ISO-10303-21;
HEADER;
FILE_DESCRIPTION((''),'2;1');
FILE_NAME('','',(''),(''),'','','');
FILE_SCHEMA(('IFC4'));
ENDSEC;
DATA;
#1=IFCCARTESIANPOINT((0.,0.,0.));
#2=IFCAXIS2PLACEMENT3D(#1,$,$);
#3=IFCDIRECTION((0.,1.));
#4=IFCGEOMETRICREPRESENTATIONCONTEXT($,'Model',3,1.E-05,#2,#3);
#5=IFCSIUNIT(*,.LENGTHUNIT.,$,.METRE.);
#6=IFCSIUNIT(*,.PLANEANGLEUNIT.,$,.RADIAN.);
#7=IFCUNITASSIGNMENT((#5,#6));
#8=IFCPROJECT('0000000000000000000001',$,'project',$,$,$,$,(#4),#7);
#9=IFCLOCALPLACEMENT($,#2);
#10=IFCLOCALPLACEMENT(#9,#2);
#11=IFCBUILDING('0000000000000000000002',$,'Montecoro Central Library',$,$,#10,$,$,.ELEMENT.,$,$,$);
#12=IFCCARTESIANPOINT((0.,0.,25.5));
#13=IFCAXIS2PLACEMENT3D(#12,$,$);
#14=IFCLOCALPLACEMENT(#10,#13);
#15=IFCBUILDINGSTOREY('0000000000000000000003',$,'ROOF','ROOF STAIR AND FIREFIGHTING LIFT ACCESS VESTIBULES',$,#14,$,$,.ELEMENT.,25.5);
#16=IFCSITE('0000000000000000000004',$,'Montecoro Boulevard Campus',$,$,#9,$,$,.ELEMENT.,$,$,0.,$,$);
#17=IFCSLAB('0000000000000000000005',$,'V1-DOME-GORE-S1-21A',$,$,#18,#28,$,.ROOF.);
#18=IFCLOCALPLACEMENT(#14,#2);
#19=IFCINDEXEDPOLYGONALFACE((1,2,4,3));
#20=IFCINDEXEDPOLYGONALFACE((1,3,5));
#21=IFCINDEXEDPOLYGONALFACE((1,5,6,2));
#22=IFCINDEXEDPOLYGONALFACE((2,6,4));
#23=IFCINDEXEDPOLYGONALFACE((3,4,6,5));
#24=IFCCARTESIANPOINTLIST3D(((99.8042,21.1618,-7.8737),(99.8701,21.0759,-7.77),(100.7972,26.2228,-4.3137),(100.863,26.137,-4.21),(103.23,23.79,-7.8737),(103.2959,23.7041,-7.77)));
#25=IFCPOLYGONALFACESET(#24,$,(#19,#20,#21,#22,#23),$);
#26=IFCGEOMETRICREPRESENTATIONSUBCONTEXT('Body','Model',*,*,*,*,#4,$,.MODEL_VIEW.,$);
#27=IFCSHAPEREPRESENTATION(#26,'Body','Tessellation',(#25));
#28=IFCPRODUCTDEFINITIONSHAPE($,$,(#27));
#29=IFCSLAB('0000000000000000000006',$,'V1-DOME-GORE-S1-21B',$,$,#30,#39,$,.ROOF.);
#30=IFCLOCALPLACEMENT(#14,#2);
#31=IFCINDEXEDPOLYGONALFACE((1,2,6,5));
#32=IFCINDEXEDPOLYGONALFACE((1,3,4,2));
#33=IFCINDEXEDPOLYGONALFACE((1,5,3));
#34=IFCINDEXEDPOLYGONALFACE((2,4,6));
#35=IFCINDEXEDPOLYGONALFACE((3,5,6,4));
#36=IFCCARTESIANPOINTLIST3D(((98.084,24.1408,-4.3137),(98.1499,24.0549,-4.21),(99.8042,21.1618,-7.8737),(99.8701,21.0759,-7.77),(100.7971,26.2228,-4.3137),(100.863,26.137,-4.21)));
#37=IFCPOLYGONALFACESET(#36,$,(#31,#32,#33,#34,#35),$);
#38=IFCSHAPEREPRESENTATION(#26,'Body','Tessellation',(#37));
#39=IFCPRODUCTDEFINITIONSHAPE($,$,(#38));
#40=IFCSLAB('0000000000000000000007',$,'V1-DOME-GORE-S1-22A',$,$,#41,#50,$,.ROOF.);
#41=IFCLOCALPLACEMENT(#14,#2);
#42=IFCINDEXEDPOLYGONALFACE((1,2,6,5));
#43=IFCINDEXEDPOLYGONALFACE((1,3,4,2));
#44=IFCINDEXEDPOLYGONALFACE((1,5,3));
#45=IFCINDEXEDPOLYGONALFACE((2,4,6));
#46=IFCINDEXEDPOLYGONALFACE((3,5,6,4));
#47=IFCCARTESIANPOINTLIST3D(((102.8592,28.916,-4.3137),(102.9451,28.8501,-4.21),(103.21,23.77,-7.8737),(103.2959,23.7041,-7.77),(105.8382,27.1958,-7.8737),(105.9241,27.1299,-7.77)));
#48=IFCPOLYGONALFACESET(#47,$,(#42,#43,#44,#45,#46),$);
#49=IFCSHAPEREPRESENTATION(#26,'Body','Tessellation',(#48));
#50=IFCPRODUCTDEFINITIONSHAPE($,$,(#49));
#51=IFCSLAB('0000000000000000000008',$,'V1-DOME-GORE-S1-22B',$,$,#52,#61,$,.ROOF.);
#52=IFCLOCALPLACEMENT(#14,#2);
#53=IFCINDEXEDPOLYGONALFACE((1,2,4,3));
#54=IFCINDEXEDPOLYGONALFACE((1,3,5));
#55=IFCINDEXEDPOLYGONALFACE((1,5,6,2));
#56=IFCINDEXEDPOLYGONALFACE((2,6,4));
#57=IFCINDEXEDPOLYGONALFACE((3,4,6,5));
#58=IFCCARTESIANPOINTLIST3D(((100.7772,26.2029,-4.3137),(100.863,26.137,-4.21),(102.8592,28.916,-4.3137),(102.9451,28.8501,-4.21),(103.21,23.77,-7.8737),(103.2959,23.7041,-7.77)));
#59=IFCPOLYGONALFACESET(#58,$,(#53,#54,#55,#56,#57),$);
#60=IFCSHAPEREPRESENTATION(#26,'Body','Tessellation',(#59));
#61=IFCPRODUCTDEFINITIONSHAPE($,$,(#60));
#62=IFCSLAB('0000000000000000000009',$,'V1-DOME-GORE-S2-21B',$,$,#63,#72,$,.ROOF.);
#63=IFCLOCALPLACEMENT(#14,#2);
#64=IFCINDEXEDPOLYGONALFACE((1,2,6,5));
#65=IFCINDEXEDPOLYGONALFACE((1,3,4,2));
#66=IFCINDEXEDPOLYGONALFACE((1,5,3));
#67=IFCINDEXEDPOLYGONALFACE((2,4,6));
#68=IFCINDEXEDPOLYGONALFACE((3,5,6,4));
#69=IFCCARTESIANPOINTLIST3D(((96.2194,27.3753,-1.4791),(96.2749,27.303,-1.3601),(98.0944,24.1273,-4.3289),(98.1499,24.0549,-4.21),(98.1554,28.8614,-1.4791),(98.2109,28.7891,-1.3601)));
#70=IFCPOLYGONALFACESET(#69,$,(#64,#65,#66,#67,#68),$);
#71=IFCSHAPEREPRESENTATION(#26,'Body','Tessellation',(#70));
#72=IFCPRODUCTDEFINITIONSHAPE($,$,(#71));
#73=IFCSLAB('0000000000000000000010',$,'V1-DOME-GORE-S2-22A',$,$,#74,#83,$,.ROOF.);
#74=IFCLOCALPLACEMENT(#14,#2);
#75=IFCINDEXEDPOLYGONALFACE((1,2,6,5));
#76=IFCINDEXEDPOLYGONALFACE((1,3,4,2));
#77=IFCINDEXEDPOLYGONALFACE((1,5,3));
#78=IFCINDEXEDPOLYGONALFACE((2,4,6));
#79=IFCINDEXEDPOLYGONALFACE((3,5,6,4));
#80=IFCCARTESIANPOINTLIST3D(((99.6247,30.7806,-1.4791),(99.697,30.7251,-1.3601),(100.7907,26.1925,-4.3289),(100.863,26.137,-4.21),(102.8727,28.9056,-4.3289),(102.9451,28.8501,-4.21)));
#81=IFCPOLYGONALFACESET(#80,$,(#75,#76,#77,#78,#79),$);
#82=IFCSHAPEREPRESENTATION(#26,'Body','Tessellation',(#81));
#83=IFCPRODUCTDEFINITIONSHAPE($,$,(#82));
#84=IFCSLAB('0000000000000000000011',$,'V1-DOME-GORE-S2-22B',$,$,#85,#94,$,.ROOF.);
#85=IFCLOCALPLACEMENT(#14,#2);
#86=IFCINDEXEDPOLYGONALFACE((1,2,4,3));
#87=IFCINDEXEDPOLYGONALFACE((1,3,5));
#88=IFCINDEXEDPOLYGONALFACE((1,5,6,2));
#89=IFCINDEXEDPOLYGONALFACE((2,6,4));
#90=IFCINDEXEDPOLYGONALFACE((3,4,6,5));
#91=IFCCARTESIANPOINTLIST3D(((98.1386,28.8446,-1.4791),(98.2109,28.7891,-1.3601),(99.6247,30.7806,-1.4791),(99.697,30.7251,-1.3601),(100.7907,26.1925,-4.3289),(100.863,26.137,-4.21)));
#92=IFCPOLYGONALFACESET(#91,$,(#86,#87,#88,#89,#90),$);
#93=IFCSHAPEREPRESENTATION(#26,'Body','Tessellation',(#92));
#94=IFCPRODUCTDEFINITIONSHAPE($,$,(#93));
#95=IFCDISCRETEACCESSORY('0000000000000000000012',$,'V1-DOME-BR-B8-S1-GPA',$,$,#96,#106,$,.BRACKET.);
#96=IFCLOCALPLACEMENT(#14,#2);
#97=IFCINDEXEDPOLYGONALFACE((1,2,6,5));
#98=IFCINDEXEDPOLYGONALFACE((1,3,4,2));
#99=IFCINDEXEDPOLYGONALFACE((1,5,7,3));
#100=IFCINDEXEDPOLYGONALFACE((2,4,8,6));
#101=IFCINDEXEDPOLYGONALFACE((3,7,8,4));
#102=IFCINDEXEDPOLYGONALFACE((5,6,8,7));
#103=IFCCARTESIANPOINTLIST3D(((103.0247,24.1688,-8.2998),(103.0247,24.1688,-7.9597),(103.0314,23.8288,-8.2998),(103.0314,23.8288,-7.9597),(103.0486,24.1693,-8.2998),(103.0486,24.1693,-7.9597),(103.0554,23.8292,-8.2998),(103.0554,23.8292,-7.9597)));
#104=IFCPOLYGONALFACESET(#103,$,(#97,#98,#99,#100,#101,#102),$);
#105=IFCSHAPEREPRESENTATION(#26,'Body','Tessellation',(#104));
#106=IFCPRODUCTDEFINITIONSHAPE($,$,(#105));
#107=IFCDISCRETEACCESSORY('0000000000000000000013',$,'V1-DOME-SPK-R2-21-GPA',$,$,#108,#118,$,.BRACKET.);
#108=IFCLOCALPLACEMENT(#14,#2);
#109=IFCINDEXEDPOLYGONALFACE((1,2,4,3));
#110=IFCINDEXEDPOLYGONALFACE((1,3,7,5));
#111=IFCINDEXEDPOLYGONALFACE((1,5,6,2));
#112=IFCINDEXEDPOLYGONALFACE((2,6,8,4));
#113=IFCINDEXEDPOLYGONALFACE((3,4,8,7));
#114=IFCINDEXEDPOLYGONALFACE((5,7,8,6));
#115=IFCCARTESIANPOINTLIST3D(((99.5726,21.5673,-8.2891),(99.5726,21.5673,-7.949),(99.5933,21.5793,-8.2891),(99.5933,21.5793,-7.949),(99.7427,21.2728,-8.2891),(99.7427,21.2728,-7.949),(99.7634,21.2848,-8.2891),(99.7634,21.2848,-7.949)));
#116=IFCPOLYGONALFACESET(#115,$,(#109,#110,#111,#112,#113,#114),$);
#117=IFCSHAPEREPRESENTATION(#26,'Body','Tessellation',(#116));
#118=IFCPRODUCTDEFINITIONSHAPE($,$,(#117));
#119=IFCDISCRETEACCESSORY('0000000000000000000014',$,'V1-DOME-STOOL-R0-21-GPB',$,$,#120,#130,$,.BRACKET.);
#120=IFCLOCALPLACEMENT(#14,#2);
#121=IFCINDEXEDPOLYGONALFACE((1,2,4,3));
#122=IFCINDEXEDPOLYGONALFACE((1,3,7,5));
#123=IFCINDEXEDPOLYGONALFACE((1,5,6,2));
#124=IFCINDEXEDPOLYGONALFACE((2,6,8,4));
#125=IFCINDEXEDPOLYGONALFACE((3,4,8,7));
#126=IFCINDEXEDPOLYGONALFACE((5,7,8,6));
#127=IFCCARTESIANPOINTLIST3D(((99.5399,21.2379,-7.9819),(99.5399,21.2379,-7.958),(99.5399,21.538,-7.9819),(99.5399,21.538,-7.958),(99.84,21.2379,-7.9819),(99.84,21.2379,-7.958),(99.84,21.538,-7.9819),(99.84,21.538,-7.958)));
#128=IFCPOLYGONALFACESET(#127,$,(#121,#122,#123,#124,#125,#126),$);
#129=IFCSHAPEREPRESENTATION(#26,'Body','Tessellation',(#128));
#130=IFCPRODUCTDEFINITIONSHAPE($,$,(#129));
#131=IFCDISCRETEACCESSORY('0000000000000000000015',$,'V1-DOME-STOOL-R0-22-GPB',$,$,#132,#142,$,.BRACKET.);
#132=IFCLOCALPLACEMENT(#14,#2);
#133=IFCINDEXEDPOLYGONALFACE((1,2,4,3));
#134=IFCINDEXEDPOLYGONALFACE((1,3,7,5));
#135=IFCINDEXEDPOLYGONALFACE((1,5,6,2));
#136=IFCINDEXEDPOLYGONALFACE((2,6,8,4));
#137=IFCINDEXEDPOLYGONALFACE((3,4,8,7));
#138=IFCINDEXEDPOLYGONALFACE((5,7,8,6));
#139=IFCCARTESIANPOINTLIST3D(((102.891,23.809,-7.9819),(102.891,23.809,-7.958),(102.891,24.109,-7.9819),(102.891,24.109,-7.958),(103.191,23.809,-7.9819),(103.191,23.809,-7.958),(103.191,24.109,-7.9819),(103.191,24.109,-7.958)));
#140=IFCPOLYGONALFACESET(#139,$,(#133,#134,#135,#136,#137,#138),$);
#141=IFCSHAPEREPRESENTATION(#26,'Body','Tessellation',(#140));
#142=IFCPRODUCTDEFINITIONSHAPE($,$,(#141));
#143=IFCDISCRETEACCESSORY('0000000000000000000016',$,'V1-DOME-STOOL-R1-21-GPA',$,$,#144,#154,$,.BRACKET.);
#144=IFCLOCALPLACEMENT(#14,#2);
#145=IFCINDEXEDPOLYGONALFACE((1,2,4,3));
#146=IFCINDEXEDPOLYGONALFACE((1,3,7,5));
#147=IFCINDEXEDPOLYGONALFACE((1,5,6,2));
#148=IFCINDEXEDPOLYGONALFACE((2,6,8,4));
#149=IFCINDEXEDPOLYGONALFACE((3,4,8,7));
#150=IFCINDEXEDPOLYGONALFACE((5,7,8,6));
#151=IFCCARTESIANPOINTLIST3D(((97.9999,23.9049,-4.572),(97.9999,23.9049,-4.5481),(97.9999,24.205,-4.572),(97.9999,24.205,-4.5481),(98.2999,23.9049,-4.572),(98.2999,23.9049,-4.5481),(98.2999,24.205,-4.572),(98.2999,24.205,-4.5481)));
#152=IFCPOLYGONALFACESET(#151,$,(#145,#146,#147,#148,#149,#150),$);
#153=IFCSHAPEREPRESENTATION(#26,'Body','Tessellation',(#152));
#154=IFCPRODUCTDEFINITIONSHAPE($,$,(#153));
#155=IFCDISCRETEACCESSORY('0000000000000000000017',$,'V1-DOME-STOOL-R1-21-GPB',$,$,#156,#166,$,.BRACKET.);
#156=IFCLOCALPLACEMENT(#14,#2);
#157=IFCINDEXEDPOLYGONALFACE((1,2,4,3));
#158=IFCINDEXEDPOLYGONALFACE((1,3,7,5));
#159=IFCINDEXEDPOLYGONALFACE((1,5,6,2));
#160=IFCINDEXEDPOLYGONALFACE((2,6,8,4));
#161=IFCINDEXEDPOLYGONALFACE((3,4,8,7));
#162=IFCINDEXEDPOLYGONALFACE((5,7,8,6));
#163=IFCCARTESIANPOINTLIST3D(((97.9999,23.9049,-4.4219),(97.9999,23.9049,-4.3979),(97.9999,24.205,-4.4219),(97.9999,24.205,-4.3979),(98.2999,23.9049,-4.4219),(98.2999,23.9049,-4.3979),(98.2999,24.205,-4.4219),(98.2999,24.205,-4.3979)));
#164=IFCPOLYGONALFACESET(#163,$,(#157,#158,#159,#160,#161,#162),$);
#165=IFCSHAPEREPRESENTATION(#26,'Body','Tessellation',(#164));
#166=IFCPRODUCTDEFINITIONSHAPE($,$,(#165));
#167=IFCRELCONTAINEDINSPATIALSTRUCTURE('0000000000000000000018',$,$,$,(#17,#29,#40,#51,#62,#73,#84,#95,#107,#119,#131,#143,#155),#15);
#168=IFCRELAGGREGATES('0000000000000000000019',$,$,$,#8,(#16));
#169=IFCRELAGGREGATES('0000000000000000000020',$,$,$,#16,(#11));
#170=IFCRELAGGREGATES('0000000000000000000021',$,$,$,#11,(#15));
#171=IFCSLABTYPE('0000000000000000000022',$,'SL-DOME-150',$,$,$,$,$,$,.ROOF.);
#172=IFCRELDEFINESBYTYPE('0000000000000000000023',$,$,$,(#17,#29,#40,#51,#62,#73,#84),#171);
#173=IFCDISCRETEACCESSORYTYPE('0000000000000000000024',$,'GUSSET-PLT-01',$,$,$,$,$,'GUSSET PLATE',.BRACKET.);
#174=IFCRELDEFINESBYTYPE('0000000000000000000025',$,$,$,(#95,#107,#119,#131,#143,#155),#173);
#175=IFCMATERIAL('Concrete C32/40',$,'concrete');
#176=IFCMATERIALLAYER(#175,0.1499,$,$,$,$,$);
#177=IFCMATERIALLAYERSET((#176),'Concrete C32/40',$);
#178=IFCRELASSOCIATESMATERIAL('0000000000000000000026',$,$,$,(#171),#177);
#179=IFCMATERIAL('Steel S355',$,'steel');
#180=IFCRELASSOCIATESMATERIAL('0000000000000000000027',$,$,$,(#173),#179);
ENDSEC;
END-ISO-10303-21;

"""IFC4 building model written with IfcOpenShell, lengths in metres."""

from ifc_helpers import new_model, si_unit, direction, frame, origin, origin_2d, place, context, subcontext, project, spatial, polyline, rectangle, outline, extrude, material, layer, layer_set, type_object, element, save


model = new_model("IFC4")

# Units and contexts
model_context = context("Model", 3, precision=1e-05, world=origin(), true_north=direction((0.0, 1.0)))
body_context = subcontext(model_context, "Body", "Model", "MODEL_VIEW")
ifc_project = project(units=[si_unit("LENGTHUNIT", "METRE"), si_unit("PLANEANGLEUNIT", "RADIAN")], contexts=[model_context])

# Site, building, storey
site_placement = place(None, origin())
site = spatial("IfcSite", under=ifc_project, at=site_placement, Name="Montecoro Boulevard Campus", CompositionType="ELEMENT", RefElevation=0.0)
building_placement = place(site_placement, origin())
building = spatial("IfcBuilding", under=site, at=building_placement, Name="Montecoro Central Library", CompositionType="ELEMENT")
storey_placement = place(building_placement, frame((0.0, 0.0, 25.5)))
storey = spatial("IfcBuildingStorey", under=building, at=storey_placement, Name="ROOF", Description="ROOF STAIR AND FIREFIGHTING LIFT ACCESS VESTIBULES", CompositionType="ELEMENT", Elevation=25.5)

# Shared definitions
ifc_material_1 = material(Name="Steel S355", Category="steel")

# Slabs
ifc_material_2 = material(Name="Concrete C32/40", Category="concrete")
ifc_layer = layer(ifc_material_2, 0.1499)
ifc_layer_set = layer_set([ifc_layer], Name="Concrete C32/40")
slab_type = type_object("IfcSlabType", Name="SL-DOME-150", PredefinedType="ROOF", material=ifc_layer_set)
slab_1_placement = place(storey_placement, frame((99.8701, 21.0759, -7.77), z_axis=(0.439502, -0.572883, 0.69184), x_axis=(0.793412, 0.608686, 0.0)))
element("IfcSlab", 1, at=slab_1_placement, inside=storey, type_object=slab_type, Name="V1-DOME-GORE-S1-21A", PredefinedType="ROOF", context=body_context, shape_type="SweptSolid", body=[
    extrude(outline(polyline([(0.0, 0.0), (4.3178, 0.0), (3.8684, 4.9305), (0.0, 0.0)])), origin(), (0.0, 0.0, -1.0), 0.1499),
])
slab_2_placement = place(storey_placement, frame((99.8701, 21.0759, -7.77), z_axis=(0.439611, -0.572866, 0.691785), x_axis=(0.158439, 0.807582, 0.568074)))
element("IfcSlab", 2, at=slab_2_placement, inside=storey, type_object=slab_type, Name="V1-DOME-GORE-S1-21B", PredefinedType="ROOF", context=body_context, shape_type="SweptSolid", body=[
    extrude(outline(polyline([(0.0, 0.0), (6.2669, 0.0), (4.1556, 2.6904), (0.0, 0.0)])), origin(), (0.0, 0.0, -1.0), 0.1499),
])
slab_3_placement = place(storey_placement, frame((103.2959, 23.7041, -7.77), z_axis=(0.57292, -0.43953, 0.691792), x_axis=(0.608686, 0.793412, 0.0)))
element("IfcSlab", 3, at=slab_3_placement, inside=storey, type_object=slab_type, Name="V1-DOME-GORE-S1-22A", PredefinedType="ROOF", context=body_context, shape_type="SweptSolid", body=[
    extrude(outline(polyline([(0.0, 0.0), (4.3178, 0.0), (3.8693, 4.9302), (0.0, 0.0)])), origin(), (0.0, 0.0, -1.0), 0.1499),
])
slab_4_placement = place(storey_placement, frame((103.2959, 23.7041, -7.77), z_axis=(0.572819, -0.439575, 0.691847), x_axis=(-0.055978, 0.821094, 0.568042)))
element("IfcSlab", 4, at=slab_4_placement, inside=storey, type_object=slab_type, Name="V1-DOME-GORE-S1-22B", PredefinedType="ROOF", context=body_context, shape_type="SweptSolid", body=[
    extrude(outline(polyline([(0.0, 0.0), (6.2672, 0.0), (4.1561, 2.6905), (0.0, 0.0)])), origin(), (0.0, 0.0, -1.0), 0.1499),
])
slab_5_placement = place(storey_placement, frame((98.1499, 24.0549, -4.21), z_axis=(0.370408, -0.482558, 0.793685), x_axis=(0.011045, 0.856691, 0.515711)))
element("IfcSlab", 5, at=slab_5_placement, inside=storey, type_object=slab_type, Name="V1-DOME-GORE-S2-21B", PredefinedType="ROOF", context=body_context, shape_type="SweptSolid", body=[
    extrude(outline(polyline([(0.0, 0.0), (5.5261, 0.0), (4.2316, 2.069), (0.0, 0.0)])), origin(), (0.0, 0.0, -1.0), 0.1499),
])
slab_6_placement = place(storey_placement, frame((100.863, 26.137, -4.21), z_axis=(0.4826, -0.370342, 0.79369), x_axis=(0.608793, 0.793329, 0.0)))
element("IfcSlab", 6, at=slab_6_placement, inside=storey, type_object=slab_type, Name="V1-DOME-GORE-S2-22A", PredefinedType="ROOF", context=body_context, shape_type="SweptSolid", body=[
    extrude(outline(polyline([(0.0, 0.0), (3.4199, 0.0), (2.93, 4.6848), (0.0, 0.0)])), origin(), (0.0, 0.0, -1.0), 0.1499),
])
slab_7_placement = place(storey_placement, frame((100.863, 26.137, -4.21), z_axis=(0.482523, -0.37038, 0.793719), x_axis=(-0.211021, 0.830342, 0.515755)))
element("IfcSlab", 7, at=slab_7_placement, inside=storey, type_object=slab_type, Name="V1-DOME-GORE-S2-22B", PredefinedType="ROOF", context=body_context, shape_type="SweptSolid", body=[
    extrude(outline(polyline([(0.0, 0.0), (5.5256, 0.0), (4.2316, 2.0694), (0.0, 0.0)])), origin(), (0.0, 0.0, -1.0), 0.1499),
])

# Discrete accessories
discrete_accessory_type = type_object("IfcDiscreteAccessoryType", Name="GUSSET-PLT-01", ElementType="GUSSET PLATE", PredefinedType="BRACKET", material=ifc_material_1)
for number, where, z_axis, x_axis, name in (
    (8, (103.04, 23.999, -8.2998), (0.0, 0.0, 1.0), (-0.019721, 0.999806, 0.0), "V1-DOME-BR-B8-S1-GPA"),
    (9, (99.668, 21.426, -8.2891), (0.0, 0.0, 1.0), (-0.500151, 0.865938, 0.0), "V1-DOME-SPK-R2-21-GPA"),
):
    element("IfcDiscreteAccessory", number, at=place(storey_placement, frame(where, z_axis=z_axis, x_axis=x_axis)), inside=storey, type_object=discrete_accessory_type, Name=name, PredefinedType="BRACKET", context=body_context, shape_type="SweptSolid", body=[
        extrude(rectangle(XDim=0.3401, YDim=0.0239, at=origin_2d()), origin(), (0.0, 0.0, 1.0), 0.3401),
    ])
for number, where, z_axis, x_axis, name in (
    (10, (99.6899, 21.3879, -7.9819), (0.0, 0.0, 1.0), (1.0, 0.0, 0.0), "V1-DOME-STOOL-R0-21-GPB"),
    (11, (103.041, 23.959, -7.9819), (0.0, 0.0, 1.0), (1.0, 0.0, 0.0), "V1-DOME-STOOL-R0-22-GPB"),
    (12, (98.1499, 24.0549, -4.572), (0.0, 0.0, 1.0), (1.0, 0.0, 0.0), "V1-DOME-STOOL-R1-21-GPA"),
    (13, (98.1499, 24.0549, -4.4219), (0.0, 0.0, 1.0), (1.0, 0.0, 0.0), "V1-DOME-STOOL-R1-21-GPB"),
):
    element("IfcDiscreteAccessory", number, at=place(storey_placement, frame(where, z_axis=z_axis, x_axis=x_axis)), inside=storey, type_object=discrete_accessory_type, Name=name, PredefinedType="BRACKET", context=body_context, shape_type="SweptSolid", body=[
        extrude(rectangle(XDim=0.3, YDim=0.3, at=origin_2d()), origin(), (0.0, 0.0, 1.0), 0.0239),
    ])

save(model, "model.ifc")
